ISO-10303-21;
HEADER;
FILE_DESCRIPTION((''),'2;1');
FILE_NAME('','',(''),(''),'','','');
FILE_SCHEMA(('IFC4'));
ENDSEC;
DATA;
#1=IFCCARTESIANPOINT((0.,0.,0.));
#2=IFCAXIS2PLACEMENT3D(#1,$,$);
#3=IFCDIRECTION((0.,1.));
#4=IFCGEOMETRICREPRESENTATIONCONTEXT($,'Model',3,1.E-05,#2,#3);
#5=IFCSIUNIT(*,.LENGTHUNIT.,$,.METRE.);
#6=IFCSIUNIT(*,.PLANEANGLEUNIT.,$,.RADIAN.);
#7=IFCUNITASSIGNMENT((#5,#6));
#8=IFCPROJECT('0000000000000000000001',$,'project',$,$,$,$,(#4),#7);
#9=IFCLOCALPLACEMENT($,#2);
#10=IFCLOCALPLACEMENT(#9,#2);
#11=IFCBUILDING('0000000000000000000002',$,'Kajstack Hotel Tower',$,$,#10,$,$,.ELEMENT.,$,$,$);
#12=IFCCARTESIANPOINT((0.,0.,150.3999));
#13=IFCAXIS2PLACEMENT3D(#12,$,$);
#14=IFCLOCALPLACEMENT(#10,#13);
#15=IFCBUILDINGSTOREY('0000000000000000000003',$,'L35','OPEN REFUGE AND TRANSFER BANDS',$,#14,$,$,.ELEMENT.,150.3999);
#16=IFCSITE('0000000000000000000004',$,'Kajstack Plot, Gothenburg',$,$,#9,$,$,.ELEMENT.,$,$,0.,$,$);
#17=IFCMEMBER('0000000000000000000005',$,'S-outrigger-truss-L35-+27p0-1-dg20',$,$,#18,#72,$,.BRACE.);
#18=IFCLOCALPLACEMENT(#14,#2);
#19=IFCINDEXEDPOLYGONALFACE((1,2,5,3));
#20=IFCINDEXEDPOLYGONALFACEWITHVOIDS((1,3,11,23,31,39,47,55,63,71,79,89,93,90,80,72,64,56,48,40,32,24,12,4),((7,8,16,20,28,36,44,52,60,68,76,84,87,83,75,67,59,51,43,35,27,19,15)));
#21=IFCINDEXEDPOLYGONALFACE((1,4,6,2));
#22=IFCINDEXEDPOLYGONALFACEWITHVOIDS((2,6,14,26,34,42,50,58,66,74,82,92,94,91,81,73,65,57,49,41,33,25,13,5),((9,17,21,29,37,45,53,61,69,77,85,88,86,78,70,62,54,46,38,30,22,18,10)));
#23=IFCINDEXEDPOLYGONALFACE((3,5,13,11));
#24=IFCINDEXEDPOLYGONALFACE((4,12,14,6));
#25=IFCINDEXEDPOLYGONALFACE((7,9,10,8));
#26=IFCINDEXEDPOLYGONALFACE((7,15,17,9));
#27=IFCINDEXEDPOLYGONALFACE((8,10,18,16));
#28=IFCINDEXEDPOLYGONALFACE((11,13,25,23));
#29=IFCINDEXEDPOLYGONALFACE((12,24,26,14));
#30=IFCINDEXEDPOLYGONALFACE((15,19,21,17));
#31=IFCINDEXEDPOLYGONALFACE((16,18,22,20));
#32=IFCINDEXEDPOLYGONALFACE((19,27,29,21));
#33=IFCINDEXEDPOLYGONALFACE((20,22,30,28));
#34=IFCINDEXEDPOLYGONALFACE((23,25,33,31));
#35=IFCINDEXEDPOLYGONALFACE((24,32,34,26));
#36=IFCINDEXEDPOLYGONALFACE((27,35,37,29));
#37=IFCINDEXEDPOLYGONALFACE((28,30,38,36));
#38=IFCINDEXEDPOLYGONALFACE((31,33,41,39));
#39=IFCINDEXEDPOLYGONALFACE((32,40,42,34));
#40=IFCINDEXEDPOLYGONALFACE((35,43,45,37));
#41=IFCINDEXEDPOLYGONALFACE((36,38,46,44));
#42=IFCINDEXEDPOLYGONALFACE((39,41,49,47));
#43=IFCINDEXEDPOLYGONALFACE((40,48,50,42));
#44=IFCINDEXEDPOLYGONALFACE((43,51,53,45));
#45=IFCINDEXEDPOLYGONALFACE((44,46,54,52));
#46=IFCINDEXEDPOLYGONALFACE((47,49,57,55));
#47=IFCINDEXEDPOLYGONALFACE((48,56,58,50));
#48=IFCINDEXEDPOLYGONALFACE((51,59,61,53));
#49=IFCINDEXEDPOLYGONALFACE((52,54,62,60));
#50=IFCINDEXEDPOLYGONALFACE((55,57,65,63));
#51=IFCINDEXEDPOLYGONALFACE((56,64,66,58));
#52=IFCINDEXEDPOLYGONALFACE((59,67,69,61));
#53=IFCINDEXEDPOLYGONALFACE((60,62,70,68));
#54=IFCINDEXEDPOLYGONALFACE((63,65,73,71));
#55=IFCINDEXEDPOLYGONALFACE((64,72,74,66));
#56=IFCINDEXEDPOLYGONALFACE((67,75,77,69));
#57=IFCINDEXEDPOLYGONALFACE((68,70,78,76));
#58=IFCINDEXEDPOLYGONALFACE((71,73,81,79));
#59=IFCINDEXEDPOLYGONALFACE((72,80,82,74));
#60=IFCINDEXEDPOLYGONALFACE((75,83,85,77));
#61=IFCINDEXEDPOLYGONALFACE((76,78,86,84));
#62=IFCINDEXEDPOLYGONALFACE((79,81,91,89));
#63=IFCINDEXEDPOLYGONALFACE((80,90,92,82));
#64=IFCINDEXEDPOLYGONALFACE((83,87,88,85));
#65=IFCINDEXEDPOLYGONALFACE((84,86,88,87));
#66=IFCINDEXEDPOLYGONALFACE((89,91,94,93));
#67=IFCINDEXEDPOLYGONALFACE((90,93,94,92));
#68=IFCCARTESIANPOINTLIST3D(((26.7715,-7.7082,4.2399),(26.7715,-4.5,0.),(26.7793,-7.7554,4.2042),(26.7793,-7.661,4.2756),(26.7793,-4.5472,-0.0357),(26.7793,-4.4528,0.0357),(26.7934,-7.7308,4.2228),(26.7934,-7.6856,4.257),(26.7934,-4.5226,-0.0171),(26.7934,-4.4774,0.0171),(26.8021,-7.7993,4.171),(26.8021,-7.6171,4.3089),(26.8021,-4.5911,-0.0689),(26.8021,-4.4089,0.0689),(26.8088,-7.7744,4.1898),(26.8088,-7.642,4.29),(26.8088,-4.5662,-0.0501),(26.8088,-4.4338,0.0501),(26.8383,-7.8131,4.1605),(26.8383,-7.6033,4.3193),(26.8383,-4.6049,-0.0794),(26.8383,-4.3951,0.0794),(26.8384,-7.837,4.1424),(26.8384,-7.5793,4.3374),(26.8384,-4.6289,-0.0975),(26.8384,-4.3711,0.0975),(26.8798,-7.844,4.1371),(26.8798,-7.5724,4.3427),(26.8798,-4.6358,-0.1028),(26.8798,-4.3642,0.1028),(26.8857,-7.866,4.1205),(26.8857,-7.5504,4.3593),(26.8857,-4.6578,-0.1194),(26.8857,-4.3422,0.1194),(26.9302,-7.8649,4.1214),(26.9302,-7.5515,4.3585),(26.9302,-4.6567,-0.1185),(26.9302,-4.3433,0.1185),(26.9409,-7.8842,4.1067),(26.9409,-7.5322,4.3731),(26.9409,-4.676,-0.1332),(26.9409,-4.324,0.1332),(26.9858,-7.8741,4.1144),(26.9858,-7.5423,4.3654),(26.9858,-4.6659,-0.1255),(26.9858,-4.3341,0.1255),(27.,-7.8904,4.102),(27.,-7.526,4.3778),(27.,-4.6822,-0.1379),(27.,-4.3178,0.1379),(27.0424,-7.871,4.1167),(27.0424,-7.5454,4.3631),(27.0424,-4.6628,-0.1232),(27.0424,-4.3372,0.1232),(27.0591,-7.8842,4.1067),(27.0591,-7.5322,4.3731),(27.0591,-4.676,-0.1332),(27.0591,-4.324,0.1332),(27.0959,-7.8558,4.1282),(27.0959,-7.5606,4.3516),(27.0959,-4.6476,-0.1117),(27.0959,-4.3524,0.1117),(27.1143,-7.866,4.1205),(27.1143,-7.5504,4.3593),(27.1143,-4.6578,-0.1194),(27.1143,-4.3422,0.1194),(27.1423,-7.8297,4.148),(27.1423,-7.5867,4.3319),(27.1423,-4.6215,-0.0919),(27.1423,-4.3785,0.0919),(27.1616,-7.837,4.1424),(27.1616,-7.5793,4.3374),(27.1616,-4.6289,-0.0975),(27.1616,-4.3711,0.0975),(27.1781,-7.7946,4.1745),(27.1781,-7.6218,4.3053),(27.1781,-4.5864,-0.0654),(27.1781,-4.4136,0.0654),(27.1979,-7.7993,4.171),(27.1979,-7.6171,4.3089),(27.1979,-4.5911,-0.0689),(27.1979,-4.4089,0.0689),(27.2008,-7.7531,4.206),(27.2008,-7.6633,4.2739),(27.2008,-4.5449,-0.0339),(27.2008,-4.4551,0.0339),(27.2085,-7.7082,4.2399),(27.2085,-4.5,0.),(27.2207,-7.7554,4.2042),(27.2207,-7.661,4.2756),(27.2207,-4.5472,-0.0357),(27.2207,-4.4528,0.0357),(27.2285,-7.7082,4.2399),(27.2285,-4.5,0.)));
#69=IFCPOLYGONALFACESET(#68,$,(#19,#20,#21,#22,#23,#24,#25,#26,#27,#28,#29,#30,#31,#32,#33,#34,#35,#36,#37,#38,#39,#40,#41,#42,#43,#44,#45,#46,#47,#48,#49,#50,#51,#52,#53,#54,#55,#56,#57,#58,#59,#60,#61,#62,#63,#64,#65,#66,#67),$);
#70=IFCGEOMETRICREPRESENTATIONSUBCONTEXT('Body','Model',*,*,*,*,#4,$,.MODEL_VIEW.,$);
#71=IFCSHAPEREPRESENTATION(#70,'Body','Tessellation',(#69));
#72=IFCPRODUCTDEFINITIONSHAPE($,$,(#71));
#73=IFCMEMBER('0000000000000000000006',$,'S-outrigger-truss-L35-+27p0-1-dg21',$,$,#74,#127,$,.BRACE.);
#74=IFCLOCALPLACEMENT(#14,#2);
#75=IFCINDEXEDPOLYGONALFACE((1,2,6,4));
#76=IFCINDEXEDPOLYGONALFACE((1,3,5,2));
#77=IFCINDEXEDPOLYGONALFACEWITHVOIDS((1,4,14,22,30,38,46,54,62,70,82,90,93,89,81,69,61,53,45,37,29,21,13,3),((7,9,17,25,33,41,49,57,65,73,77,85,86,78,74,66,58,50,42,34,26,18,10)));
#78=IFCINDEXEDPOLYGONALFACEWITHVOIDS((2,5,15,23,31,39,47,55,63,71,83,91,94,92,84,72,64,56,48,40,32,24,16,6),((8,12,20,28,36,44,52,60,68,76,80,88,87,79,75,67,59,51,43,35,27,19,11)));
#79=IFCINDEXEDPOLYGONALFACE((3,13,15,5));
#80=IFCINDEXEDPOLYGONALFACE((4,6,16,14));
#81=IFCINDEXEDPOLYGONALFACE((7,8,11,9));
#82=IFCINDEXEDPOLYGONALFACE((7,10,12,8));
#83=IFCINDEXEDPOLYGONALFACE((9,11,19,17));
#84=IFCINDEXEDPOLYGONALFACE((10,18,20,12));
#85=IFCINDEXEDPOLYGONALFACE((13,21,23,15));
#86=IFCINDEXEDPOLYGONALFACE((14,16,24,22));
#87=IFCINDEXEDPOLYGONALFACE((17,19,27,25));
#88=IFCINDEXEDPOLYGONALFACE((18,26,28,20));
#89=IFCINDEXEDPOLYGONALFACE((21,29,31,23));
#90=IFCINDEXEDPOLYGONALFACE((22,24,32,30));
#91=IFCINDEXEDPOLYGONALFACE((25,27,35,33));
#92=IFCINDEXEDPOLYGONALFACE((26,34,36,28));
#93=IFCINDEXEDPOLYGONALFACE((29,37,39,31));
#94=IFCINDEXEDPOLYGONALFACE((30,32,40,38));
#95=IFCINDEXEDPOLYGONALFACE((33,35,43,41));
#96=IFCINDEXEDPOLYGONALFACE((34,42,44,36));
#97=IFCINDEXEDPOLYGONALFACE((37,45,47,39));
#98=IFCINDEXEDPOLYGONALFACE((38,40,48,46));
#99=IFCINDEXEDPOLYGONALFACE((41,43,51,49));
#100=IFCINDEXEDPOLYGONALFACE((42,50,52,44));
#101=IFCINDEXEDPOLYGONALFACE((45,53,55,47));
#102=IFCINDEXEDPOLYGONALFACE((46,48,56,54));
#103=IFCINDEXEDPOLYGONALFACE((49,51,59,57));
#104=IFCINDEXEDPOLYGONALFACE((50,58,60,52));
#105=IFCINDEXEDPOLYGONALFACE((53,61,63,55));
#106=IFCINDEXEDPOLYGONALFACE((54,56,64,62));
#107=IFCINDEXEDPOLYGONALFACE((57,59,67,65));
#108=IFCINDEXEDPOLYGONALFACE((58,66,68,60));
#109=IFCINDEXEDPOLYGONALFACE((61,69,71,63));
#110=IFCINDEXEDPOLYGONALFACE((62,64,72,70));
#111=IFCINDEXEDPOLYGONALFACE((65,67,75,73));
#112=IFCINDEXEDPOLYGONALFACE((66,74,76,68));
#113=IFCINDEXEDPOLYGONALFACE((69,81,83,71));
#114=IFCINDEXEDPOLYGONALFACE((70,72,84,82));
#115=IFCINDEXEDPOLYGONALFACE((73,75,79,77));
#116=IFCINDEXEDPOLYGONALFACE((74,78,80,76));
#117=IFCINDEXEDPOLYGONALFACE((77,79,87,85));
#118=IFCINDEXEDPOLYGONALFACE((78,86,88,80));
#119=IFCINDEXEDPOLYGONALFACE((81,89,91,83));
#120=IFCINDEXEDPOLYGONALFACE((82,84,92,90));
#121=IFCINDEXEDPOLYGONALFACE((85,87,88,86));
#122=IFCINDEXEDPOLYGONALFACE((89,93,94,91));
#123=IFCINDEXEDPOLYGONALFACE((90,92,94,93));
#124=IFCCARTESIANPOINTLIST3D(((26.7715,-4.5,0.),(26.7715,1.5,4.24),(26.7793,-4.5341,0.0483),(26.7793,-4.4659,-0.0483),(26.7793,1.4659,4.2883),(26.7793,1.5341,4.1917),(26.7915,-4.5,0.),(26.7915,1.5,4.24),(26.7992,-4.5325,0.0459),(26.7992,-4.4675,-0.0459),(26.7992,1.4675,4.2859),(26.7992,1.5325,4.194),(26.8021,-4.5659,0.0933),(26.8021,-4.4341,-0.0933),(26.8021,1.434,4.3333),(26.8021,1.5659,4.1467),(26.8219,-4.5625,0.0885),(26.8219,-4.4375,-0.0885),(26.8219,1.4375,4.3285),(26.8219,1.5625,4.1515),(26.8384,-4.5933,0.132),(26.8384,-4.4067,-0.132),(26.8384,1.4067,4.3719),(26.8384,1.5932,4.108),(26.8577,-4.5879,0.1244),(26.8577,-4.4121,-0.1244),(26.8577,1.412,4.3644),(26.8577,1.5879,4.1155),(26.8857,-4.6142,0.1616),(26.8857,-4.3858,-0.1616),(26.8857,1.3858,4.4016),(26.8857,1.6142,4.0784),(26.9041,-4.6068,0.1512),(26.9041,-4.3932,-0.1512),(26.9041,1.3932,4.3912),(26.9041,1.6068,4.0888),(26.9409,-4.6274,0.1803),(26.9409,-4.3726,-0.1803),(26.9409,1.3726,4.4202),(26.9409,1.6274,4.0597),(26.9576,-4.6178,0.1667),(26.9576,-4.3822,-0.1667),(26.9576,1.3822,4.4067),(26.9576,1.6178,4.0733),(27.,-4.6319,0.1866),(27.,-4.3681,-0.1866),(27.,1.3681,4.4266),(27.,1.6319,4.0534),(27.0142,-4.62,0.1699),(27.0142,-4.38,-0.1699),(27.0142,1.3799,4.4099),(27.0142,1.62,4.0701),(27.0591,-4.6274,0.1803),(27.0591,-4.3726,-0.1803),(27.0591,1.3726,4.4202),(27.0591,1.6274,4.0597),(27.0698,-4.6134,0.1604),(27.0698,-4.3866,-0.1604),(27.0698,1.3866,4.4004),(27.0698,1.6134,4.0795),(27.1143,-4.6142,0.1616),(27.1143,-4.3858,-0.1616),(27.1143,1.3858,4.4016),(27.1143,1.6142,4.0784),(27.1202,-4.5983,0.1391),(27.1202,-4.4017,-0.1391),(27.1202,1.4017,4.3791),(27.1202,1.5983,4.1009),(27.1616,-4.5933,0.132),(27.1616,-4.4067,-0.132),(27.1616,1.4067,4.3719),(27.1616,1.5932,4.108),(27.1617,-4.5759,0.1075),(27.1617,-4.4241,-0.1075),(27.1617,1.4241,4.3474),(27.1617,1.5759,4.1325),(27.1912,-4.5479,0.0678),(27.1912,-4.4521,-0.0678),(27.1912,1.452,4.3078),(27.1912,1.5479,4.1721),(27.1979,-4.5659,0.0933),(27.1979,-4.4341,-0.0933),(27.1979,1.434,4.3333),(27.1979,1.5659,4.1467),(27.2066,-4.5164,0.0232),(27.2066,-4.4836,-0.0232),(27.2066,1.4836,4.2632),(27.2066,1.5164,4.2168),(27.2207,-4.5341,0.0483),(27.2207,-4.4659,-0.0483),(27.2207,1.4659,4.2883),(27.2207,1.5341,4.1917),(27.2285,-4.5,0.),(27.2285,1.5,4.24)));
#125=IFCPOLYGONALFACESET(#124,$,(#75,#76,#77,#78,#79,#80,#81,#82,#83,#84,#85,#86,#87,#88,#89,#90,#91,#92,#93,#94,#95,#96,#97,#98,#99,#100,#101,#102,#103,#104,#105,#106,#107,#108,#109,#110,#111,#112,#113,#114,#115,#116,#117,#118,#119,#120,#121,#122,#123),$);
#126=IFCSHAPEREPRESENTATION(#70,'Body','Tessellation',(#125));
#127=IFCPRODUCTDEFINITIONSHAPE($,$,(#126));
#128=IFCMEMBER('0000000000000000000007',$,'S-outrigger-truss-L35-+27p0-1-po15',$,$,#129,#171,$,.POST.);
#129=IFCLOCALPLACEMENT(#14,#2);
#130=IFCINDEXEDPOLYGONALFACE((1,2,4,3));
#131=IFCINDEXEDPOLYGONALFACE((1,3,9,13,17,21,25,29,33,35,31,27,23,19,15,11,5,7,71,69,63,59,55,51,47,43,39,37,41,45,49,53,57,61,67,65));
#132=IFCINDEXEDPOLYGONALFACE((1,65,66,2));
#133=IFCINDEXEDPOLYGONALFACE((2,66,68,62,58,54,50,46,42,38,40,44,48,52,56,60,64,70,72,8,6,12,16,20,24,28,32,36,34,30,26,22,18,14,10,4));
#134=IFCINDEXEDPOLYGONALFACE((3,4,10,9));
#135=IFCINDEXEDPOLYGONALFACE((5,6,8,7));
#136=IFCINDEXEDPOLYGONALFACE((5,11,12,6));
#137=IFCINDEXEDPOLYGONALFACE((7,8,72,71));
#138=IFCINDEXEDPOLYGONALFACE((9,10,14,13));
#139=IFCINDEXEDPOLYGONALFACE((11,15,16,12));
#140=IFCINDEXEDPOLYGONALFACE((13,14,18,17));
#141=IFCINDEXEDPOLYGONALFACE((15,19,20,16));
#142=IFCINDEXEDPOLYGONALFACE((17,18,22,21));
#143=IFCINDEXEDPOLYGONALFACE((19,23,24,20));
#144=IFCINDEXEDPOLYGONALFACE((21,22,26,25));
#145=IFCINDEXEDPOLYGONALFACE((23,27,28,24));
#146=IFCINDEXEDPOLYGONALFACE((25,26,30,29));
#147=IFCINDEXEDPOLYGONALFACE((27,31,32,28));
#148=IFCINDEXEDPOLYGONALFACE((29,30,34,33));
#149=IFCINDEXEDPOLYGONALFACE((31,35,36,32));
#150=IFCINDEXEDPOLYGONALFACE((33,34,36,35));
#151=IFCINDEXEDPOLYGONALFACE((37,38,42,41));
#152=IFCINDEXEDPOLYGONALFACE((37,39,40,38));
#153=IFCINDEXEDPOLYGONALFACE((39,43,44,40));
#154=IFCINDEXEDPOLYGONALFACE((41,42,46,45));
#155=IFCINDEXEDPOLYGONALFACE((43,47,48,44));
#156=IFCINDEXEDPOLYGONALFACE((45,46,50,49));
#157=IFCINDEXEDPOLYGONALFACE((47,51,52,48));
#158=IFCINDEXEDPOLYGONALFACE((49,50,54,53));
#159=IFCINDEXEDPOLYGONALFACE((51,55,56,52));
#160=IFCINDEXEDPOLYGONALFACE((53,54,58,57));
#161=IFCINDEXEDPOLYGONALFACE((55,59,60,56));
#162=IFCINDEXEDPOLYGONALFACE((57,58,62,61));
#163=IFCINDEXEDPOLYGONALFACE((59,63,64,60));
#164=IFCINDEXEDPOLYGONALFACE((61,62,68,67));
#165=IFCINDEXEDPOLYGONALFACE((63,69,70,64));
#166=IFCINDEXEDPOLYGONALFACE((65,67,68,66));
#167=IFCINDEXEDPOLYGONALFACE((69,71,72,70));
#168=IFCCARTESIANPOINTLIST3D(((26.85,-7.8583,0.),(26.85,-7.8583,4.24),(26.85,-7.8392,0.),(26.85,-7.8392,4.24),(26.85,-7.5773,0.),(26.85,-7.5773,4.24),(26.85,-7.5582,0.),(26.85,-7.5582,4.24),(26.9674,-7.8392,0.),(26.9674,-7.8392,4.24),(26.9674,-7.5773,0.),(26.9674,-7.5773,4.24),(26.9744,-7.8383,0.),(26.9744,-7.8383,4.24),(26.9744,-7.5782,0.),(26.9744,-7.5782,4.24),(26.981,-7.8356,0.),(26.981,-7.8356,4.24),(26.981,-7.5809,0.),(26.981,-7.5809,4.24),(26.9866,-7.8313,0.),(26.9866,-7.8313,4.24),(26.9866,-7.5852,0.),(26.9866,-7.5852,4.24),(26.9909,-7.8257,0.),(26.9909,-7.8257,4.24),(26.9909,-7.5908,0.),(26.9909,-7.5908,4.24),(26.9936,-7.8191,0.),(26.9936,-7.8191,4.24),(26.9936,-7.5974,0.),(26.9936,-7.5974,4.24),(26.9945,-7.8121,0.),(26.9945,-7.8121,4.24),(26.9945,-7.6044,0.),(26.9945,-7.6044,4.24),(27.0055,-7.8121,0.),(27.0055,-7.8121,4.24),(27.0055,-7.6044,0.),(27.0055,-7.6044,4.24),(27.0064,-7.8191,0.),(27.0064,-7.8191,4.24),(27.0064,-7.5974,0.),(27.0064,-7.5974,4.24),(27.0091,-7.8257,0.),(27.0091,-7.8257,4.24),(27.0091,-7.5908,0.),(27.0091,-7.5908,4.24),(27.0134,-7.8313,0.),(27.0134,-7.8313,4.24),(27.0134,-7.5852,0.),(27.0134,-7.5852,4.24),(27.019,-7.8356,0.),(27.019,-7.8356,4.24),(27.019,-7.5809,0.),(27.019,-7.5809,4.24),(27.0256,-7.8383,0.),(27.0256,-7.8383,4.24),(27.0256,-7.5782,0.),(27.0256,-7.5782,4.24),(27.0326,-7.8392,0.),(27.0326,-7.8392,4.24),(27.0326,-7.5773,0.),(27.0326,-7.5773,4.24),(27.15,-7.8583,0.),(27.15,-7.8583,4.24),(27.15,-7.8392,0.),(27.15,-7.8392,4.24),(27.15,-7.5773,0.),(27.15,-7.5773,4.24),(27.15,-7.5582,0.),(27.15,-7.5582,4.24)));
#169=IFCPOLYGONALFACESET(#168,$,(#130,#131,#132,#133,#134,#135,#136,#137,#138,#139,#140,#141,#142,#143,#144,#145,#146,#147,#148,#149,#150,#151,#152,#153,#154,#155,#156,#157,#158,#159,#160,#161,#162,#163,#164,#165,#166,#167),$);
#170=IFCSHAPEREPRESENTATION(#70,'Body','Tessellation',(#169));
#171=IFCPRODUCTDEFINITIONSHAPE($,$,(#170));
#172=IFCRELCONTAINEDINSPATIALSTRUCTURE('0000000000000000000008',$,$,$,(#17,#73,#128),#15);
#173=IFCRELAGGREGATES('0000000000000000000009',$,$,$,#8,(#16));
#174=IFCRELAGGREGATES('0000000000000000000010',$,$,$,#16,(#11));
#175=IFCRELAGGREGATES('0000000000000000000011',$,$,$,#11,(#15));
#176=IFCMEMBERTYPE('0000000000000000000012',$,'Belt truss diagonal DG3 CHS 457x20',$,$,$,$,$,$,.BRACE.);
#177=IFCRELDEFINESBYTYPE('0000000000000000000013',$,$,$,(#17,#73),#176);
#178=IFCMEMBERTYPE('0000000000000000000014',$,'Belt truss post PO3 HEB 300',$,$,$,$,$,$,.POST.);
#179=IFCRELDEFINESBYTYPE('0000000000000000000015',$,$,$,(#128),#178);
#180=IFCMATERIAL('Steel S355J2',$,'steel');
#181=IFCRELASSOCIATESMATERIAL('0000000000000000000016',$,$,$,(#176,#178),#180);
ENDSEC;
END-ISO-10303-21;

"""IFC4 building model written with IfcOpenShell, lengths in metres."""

from ifc_helpers import new_model, si_unit, direction, frame, origin, origin_2d, place, context, subcontext, project, spatial, hollow_circle, i_section, extrude, material, material_profile, profile_set, type_object, element, save


model = new_model("IFC4")

# Units and contexts
model_context = context("Model", 3, precision=1e-05, world=origin(), true_north=direction((0.0, 1.0)))
body_context = subcontext(model_context, "Body", "Model", "MODEL_VIEW")
ifc_project = project(units=[si_unit("LENGTHUNIT", "METRE"), si_unit("PLANEANGLEUNIT", "RADIAN")], contexts=[model_context])

# Site, building, storey
site_placement = place(None, origin())
site = spatial("IfcSite", under=ifc_project, at=site_placement, Name="Kajstack Plot, Gothenburg", CompositionType="ELEMENT", RefElevation=0.0)
building_placement = place(site_placement, origin())
building = spatial("IfcBuilding", under=site, at=building_placement, Name="Kajstack Hotel Tower", CompositionType="ELEMENT")
storey_placement = place(building_placement, frame((0.0, 0.0, 150.3999)))
storey = spatial("IfcBuildingStorey", under=building, at=storey_placement, Name="L35", Description="OPEN REFUGE AND TRANSFER BANDS", CompositionType="ELEMENT", Elevation=150.3999)

# Members
ifc_material_1 = material(Name="Steel S355J2", Category="steel")
ifc_material_profile_1 = material_profile(ifc_material_1, hollow_circle(Radius=0.2285, WallThickness=0.02, at=origin_2d()), Name="CHS 457x20")
ifc_profile_set_1 = profile_set([ifc_material_profile_1], Name="Steel S355J2")
member_type_1 = type_object("IfcMemberType", Name="Belt truss diagonal DG3 CHS 457x20", PredefinedType="BRACE", material=ifc_profile_set_1)
member_1_placement = place(storey_placement, frame((27.0, -4.5, 0.0), z_axis=(0.0, -0.603396, 0.797442), x_axis=(1.0, 0.0, 0.0)))
element("IfcMember", 1, at=member_1_placement, inside=storey, type_object=member_type_1, Name="S-outrigger-truss-L35-+27p0-1-dg20", PredefinedType="BRACE", context=body_context, shape_type="SweptSolid", body=[
    extrude(hollow_circle(Radius=0.2285, WallThickness=0.02, at=origin_2d()), origin(), (0.0, 0.0, 1.0), 5.3169),
])
member_2_placement = place(storey_placement, frame((27.0, -4.5, 0.0), z_axis=(0.0, 0.816667, 0.57711), x_axis=(-1.0, 0.0, 0.0)))
element("IfcMember", 2, at=member_2_placement, inside=storey, type_object=member_type_1, Name="S-outrigger-truss-L35-+27p0-1-dg21", PredefinedType="BRACE", context=body_context, shape_type="SweptSolid", body=[
    extrude(hollow_circle(Radius=0.2285, WallThickness=0.02, at=origin_2d()), origin(), (0.0, 0.0, 1.0), 7.3469),
])
ifc_material_profile_2 = material_profile(ifc_material_1, i_section(OverallWidth=0.3, OverallDepth=0.3, WebThickness=0.011, FlangeThickness=0.019, FilletRadius=0.0271, at=origin_2d()), Name="HEB 300")
ifc_profile_set_2 = profile_set([ifc_material_profile_2], Name="Steel S355J2")
member_type_2 = type_object("IfcMemberType", Name="Belt truss post PO3 HEB 300", PredefinedType="POST", material=ifc_profile_set_2)
for number, where, z_axis, x_axis, name in (
    (3, (27.0, -7.7083, 0.0), (0.0, 0.0, 1.0), (1.0, 0.0, 0.0), "S-outrigger-truss-L35-+27p0-1-po15"),
):
    element("IfcMember", number, at=place(storey_placement, frame(where, z_axis=z_axis, x_axis=x_axis)), inside=storey, type_object=member_type_2, Name=name, PredefinedType="POST", context=body_context, shape_type="SweptSolid", body=[
        extrude(i_section(OverallWidth=0.3, OverallDepth=0.3, WebThickness=0.011, FlangeThickness=0.019, FilletRadius=0.0271, at=origin_2d()), origin(), (0.0, 0.0, 1.0), 4.24),
    ])

save(model, "model.ifc")
